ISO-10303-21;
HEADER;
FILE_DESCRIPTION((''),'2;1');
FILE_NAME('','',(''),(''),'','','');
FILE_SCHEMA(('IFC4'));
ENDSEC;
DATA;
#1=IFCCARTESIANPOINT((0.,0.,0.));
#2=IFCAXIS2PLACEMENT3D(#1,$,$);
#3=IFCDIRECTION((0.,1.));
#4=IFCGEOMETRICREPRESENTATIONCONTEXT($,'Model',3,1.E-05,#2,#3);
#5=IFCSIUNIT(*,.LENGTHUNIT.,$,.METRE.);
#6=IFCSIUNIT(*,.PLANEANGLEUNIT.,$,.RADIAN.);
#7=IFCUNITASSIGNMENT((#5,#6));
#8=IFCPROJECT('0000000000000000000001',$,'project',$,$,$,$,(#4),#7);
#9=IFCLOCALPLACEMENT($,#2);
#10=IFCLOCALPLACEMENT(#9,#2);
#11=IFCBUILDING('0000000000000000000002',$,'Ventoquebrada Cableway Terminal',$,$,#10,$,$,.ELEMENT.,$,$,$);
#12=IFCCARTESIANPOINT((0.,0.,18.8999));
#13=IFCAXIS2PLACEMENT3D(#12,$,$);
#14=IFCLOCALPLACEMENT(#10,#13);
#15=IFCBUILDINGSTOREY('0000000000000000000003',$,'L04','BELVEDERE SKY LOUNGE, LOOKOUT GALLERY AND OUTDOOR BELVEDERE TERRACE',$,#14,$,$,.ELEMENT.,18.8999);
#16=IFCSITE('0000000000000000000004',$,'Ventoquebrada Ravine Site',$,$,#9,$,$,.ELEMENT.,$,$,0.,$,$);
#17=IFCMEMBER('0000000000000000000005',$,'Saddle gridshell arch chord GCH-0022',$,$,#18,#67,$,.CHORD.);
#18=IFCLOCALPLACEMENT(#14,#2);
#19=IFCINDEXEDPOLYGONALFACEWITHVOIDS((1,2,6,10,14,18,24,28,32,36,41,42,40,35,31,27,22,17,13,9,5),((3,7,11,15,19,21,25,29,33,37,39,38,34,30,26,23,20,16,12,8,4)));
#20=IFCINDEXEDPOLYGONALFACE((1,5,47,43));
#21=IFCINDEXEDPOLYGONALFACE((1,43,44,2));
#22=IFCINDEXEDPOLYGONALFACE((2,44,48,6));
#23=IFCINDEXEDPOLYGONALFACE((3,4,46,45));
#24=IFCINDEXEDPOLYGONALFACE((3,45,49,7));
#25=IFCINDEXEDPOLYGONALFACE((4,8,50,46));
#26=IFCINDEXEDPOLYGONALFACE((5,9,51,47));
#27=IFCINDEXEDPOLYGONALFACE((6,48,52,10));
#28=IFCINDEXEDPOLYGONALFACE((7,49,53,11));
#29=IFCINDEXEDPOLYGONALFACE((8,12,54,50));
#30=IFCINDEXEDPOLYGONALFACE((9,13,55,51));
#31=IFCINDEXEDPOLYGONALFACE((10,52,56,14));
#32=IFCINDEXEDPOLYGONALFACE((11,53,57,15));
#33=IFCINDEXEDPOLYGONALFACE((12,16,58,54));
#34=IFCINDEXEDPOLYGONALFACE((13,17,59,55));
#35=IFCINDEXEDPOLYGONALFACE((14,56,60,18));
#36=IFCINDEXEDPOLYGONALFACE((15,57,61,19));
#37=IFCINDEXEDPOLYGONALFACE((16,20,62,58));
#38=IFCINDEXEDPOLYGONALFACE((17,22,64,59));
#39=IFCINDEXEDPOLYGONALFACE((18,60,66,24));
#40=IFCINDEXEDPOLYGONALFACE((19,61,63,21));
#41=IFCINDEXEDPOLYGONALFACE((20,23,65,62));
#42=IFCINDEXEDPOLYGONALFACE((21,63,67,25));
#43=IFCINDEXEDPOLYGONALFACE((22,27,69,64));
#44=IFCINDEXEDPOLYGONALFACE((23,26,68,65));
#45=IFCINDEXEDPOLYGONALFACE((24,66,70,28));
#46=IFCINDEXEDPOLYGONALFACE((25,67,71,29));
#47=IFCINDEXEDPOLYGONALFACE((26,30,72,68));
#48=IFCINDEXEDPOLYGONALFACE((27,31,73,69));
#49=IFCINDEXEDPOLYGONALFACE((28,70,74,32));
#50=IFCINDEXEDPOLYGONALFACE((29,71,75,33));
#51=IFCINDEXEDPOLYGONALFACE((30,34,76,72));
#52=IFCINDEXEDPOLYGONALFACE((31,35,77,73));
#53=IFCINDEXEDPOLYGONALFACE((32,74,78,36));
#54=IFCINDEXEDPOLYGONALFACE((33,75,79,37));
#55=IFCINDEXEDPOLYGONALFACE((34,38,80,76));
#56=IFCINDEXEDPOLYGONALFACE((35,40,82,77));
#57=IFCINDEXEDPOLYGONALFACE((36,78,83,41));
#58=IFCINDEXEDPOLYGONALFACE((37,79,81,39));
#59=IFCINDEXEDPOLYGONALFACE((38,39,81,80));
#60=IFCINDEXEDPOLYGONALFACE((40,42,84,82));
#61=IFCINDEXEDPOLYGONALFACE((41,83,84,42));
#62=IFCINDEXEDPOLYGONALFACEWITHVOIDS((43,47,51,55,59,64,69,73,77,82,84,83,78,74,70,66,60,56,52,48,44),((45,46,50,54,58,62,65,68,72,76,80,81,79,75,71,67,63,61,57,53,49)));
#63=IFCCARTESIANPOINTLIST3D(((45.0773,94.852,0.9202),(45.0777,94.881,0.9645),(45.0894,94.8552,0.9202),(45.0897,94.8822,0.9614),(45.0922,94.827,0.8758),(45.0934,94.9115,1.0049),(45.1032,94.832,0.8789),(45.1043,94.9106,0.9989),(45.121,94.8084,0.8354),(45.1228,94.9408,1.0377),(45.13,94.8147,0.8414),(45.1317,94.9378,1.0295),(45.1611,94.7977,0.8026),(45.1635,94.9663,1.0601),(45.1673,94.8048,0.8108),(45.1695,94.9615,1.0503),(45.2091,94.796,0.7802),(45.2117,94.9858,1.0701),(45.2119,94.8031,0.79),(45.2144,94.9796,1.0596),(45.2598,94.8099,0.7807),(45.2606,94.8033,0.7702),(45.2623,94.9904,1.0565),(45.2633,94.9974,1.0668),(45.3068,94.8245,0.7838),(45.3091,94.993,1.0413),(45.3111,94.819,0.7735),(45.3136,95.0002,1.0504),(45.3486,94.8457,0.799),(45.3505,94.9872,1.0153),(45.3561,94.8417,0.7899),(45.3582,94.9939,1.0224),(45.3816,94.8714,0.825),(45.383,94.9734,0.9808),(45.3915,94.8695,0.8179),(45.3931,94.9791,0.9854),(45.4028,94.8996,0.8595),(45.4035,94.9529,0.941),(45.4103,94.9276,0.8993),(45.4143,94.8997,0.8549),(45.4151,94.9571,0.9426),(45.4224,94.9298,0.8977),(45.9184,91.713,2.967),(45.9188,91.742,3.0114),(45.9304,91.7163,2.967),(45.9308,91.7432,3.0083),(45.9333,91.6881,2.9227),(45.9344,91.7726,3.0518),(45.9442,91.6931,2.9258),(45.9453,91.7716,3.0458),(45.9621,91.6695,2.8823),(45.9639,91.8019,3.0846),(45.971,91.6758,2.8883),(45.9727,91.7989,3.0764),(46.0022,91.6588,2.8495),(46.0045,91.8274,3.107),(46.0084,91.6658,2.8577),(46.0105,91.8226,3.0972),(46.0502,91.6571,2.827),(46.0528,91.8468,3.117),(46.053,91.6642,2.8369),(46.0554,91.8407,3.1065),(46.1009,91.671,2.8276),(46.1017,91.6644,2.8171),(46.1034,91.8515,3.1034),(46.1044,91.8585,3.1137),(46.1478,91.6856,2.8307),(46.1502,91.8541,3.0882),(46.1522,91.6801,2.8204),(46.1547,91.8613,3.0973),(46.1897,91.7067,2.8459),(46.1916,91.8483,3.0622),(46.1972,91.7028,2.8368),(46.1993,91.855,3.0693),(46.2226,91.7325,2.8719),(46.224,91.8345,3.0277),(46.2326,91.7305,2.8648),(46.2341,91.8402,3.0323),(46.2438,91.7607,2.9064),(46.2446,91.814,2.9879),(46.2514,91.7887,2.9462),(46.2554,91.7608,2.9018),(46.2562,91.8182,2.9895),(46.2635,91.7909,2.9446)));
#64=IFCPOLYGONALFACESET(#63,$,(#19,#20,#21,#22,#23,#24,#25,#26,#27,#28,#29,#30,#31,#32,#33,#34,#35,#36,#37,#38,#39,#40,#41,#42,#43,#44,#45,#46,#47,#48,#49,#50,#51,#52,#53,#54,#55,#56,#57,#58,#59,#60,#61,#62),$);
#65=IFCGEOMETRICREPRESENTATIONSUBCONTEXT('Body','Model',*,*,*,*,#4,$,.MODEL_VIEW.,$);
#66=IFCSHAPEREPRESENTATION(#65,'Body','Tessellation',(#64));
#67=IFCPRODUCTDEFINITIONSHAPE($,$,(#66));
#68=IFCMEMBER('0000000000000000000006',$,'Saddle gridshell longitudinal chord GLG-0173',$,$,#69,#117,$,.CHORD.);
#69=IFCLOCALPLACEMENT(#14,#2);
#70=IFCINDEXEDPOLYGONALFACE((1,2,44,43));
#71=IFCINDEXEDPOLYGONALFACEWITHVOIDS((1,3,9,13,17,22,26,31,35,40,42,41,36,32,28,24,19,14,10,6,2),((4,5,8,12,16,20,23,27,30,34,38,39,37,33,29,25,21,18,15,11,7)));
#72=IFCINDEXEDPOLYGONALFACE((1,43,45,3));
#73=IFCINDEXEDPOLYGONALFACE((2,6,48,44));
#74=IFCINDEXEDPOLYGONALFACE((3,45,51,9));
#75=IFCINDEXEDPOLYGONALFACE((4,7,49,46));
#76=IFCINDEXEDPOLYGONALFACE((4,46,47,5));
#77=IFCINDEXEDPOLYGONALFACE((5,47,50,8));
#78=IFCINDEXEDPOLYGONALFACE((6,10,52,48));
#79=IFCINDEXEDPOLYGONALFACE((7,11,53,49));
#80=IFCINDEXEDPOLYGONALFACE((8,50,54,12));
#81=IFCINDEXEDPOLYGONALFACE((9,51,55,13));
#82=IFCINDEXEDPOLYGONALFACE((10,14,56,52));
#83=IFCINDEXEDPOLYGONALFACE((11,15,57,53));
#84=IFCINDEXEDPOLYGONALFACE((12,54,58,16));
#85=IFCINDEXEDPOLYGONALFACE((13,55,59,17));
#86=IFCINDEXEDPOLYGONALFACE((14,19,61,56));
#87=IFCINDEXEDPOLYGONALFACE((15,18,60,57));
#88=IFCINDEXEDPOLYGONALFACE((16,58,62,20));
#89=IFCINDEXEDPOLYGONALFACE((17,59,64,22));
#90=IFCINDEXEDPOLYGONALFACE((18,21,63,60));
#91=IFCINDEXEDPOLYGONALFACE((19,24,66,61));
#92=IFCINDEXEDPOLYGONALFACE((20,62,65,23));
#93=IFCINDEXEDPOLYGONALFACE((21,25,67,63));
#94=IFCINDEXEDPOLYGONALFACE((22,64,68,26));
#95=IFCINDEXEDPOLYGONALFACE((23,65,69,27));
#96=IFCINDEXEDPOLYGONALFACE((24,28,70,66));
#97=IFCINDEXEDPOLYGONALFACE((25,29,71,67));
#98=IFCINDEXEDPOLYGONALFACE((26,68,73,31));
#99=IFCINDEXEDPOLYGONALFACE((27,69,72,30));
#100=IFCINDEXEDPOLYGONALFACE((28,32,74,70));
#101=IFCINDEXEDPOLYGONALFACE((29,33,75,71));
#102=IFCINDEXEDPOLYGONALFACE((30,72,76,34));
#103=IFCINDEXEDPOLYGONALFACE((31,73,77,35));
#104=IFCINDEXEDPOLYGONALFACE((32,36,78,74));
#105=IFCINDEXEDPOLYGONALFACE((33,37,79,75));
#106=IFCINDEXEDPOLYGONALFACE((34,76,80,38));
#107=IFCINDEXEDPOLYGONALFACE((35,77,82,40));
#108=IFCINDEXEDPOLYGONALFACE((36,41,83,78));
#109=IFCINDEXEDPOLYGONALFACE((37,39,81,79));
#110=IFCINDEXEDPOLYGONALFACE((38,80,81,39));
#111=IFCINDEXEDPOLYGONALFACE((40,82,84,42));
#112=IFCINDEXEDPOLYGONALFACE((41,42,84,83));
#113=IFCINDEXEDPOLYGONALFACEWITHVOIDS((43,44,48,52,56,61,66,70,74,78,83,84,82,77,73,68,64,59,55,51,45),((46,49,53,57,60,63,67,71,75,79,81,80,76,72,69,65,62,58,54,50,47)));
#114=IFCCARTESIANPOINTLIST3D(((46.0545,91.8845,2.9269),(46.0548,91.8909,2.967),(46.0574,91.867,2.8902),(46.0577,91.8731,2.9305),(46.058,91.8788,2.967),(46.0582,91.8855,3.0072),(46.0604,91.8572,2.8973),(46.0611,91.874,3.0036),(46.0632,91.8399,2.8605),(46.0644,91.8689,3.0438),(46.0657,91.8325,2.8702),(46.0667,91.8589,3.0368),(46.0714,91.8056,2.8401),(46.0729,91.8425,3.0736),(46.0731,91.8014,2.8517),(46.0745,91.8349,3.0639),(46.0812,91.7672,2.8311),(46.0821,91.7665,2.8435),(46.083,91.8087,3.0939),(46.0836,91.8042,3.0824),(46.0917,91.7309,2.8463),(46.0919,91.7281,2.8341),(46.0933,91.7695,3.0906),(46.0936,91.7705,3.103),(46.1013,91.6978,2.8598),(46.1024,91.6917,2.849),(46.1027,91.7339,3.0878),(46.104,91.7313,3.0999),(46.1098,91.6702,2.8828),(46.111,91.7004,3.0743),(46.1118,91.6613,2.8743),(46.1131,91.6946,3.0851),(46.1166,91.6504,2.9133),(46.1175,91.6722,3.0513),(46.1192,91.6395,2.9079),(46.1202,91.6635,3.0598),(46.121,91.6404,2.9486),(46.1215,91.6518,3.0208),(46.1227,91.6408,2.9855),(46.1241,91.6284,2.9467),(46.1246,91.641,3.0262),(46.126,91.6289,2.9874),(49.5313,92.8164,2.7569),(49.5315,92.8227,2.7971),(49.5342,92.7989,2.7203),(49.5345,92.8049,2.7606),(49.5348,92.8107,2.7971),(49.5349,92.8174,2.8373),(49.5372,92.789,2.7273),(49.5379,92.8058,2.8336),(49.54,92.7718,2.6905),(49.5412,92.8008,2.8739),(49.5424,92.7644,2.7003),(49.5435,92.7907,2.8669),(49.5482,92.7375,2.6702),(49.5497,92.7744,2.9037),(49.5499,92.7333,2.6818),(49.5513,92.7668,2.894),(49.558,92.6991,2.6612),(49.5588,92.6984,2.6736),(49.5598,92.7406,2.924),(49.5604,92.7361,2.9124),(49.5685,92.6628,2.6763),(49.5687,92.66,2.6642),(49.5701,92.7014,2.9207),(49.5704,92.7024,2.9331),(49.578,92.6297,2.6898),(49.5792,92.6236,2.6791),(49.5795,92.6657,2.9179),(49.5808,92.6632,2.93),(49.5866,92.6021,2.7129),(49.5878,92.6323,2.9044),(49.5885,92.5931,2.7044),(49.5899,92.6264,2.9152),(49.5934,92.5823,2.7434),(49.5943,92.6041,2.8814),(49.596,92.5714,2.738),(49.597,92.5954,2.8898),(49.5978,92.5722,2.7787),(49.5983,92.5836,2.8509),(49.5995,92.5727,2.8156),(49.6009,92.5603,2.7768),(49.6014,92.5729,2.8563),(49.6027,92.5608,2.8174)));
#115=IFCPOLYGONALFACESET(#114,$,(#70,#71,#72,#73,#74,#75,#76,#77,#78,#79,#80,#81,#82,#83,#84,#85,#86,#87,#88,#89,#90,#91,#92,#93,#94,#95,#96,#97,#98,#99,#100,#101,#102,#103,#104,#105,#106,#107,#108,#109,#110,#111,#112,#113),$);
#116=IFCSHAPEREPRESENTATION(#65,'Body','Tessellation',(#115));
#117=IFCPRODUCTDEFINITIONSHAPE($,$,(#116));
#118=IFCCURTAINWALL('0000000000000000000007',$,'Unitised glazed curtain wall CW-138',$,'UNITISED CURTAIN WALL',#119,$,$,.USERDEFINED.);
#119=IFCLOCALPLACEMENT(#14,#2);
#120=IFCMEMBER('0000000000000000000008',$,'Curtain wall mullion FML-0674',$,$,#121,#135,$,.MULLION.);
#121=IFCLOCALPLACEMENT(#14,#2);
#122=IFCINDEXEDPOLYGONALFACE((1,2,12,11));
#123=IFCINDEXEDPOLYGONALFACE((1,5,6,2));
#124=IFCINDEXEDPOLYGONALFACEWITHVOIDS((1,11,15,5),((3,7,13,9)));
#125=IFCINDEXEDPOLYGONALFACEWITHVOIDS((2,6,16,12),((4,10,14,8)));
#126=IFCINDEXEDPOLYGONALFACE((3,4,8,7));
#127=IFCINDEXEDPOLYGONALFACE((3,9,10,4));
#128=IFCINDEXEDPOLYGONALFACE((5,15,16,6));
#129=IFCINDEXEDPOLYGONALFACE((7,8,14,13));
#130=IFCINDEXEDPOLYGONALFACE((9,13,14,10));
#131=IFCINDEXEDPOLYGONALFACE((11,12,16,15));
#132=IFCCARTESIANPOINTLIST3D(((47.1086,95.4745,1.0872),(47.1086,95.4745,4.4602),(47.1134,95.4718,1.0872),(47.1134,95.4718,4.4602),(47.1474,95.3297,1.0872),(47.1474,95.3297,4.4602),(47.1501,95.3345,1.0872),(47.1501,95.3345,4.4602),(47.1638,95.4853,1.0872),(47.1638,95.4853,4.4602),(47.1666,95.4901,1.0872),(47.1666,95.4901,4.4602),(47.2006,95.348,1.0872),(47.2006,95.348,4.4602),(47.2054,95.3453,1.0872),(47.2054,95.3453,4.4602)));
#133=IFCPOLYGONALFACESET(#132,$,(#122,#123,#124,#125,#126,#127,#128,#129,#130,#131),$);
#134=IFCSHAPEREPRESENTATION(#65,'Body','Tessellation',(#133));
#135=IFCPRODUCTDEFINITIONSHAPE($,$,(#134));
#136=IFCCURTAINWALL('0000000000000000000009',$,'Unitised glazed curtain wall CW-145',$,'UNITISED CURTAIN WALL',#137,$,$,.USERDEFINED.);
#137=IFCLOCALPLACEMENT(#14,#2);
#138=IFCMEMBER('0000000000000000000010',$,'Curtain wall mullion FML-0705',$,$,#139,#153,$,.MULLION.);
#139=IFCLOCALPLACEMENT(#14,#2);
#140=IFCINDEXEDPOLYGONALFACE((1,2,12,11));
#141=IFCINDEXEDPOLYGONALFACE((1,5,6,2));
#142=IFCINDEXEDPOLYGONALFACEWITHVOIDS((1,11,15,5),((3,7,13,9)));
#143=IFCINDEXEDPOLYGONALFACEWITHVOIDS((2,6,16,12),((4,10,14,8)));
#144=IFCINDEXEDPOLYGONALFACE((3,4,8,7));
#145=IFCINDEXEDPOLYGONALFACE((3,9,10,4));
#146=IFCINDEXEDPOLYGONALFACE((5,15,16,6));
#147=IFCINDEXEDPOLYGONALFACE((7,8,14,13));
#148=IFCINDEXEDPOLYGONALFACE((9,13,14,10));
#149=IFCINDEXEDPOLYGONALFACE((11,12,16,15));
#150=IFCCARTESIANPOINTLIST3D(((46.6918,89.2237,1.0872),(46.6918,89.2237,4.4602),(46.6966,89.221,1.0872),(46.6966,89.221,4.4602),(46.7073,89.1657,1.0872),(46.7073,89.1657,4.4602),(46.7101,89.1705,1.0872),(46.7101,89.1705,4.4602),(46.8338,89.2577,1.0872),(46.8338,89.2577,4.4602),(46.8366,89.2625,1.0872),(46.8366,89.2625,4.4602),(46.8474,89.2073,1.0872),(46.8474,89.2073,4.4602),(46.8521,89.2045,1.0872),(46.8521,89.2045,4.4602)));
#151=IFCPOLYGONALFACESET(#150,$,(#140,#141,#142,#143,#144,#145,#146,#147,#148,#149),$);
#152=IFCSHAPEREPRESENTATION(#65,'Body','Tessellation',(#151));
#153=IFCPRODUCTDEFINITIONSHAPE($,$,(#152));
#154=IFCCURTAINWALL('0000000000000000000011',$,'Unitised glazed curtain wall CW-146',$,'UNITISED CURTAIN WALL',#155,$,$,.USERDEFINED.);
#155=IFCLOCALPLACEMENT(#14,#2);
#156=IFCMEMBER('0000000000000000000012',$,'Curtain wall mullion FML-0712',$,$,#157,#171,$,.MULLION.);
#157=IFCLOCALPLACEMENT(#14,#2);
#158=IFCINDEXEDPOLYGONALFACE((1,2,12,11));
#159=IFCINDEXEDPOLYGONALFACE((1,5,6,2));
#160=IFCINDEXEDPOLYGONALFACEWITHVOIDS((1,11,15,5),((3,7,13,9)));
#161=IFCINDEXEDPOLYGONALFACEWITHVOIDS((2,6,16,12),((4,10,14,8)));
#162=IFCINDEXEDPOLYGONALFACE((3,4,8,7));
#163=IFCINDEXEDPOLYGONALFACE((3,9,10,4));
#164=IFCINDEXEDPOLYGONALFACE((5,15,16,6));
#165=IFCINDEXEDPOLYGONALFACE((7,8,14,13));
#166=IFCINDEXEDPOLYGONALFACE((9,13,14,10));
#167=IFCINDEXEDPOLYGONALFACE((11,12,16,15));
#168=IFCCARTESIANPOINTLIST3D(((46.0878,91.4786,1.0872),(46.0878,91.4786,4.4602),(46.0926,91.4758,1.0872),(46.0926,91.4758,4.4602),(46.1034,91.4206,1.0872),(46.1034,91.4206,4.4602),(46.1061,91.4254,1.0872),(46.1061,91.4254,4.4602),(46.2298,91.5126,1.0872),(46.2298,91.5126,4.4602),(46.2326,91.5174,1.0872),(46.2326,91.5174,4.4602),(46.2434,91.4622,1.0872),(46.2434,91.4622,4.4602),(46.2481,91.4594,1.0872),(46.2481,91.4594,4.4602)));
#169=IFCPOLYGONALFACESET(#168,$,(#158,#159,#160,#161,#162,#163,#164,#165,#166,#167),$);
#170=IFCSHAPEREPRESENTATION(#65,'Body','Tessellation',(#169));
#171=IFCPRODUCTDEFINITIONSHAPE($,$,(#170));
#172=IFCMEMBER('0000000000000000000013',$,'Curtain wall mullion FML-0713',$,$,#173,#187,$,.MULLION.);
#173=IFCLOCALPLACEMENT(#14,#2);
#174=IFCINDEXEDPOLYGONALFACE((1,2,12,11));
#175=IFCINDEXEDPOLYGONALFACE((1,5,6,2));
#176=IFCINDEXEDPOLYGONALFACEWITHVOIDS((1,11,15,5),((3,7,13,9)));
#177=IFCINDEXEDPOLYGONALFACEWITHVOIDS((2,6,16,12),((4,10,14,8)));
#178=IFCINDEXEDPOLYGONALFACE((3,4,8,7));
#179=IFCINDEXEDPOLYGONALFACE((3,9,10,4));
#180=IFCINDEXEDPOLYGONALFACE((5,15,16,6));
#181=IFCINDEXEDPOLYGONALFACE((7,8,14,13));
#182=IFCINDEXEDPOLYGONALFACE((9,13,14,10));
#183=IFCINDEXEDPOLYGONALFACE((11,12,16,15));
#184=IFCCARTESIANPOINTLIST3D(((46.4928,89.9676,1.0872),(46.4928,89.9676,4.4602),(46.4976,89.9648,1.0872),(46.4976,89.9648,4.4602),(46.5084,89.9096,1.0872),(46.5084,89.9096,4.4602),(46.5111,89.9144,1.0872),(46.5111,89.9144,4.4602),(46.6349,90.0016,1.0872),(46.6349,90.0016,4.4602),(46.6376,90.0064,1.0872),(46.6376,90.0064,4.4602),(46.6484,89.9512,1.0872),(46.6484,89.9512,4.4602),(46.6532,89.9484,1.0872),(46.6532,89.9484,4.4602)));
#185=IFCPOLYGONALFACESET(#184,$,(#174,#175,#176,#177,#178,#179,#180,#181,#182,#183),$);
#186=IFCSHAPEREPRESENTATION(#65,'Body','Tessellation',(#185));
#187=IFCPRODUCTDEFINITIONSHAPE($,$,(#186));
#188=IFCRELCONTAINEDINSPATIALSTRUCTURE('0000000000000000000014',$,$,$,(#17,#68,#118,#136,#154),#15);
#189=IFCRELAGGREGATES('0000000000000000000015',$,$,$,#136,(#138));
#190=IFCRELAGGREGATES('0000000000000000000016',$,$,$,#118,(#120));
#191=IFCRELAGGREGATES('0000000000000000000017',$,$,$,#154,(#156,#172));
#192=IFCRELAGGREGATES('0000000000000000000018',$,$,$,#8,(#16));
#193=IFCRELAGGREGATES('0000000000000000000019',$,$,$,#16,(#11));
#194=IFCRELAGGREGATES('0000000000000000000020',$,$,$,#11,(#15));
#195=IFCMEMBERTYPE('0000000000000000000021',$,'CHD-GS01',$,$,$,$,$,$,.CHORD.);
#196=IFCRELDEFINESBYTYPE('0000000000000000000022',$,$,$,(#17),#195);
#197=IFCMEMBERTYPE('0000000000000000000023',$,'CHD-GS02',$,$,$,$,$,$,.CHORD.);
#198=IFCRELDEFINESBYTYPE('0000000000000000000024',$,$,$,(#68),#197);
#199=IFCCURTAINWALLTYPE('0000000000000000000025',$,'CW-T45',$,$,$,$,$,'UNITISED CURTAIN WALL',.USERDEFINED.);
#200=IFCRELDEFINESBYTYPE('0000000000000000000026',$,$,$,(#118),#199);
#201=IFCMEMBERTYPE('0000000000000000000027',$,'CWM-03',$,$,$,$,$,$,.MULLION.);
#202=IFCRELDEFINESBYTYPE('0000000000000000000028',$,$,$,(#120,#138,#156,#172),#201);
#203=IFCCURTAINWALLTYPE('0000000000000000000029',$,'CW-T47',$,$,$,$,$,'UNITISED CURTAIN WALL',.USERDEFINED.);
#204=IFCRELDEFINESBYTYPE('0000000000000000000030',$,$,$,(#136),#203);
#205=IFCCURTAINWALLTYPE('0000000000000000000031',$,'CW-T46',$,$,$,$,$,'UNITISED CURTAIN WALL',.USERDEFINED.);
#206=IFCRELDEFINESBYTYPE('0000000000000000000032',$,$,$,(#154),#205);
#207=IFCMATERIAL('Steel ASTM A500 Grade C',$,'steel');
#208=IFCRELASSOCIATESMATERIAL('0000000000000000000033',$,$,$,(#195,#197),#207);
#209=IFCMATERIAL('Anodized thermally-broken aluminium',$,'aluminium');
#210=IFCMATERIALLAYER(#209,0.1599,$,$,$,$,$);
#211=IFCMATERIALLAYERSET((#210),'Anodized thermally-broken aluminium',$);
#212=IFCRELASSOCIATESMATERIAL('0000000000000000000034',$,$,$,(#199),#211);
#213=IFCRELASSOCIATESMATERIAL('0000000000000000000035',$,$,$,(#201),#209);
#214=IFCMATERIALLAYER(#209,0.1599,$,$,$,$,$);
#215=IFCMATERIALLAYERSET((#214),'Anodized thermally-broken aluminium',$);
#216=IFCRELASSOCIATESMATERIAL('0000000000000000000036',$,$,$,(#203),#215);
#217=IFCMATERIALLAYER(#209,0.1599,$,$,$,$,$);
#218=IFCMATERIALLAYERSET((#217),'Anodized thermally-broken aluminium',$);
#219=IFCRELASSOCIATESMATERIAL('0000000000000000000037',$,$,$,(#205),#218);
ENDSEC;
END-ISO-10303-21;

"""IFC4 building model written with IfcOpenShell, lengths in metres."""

from ifc_helpers import new_model, si_unit, direction, frame, origin, origin_2d, place, context, subcontext, project, spatial, hollow_rectangle, hollow_circle, extrude, material, layer, layer_set, material_profile, profile_set, type_object, element, aggregate, save


model = new_model("IFC4")

# Units and contexts
model_context = context("Model", 3, precision=1e-05, world=origin(), true_north=direction((0.0, 1.0)))
body_context = subcontext(model_context, "Body", "Model", "MODEL_VIEW")
ifc_project = project(units=[si_unit("LENGTHUNIT", "METRE"), si_unit("PLANEANGLEUNIT", "RADIAN")], contexts=[model_context])

# Site, building, storey
site_placement = place(None, origin())
site = spatial("IfcSite", under=ifc_project, at=site_placement, Name="Ventoquebrada Ravine Site", CompositionType="ELEMENT", RefElevation=0.0)
building_placement = place(site_placement, origin())
building = spatial("IfcBuilding", under=site, at=building_placement, Name="Ventoquebrada Cableway Terminal", CompositionType="ELEMENT")
storey_placement = place(building_placement, frame((0.0, 0.0, 18.8999)))
storey = spatial("IfcBuildingStorey", under=building, at=storey_placement, Name="L04", Description="BELVEDERE SKY LOUNGE, LOOKOUT GALLERY AND OUTDOOR BELVEDERE TERRACE", CompositionType="ELEMENT", Elevation=18.8999)

# Members
ifc_material_1 = material(Name="Steel ASTM A500 Grade C", Category="steel")
ifc_material_profile_1 = material_profile(ifc_material_1, hollow_circle(Radius=0.1777, WallThickness=0.0125, at=origin_2d()), Name="CHS355.6X12.5")
ifc_profile_set_1 = profile_set([ifc_material_profile_1], Name="Steel ASTM A500 Grade C")
member_type_1 = type_object("IfcMemberType", Name="CHD-GS01", PredefinedType="CHORD", material=ifc_profile_set_1)
member_1_placement = place(storey_placement, frame((46.0901, 91.759, 2.967), z_axis=(-0.218995, 0.817307, -0.532963), x_axis=(-0.965926, -0.258817, 0.0)))
element("IfcMember", 1, at=member_1_placement, inside=storey, type_object=member_type_1, Name="Saddle gridshell arch chord GCH-0022", PredefinedType="CHORD", context=body_context, shape_type="SweptSolid", body=[
    extrude(hollow_circle(Radius=0.1777, WallThickness=0.0125, at=origin_2d()), origin(), (0.0, 0.0, 1.0), 3.8406),
])
ifc_material_profile_2 = material_profile(ifc_material_1, hollow_circle(Radius=0.1365, WallThickness=0.0125, at=origin_2d()), Name="CHS273.0X12.5")
ifc_profile_set_2 = profile_set([ifc_material_profile_2], Name="Steel ASTM A500 Grade C")
member_type_2 = type_object("IfcMemberType", Name="CHD-GS02", PredefinedType="CHORD", material=ifc_profile_set_2)
member_2_placement = place(storey_placement, frame((46.0901, 91.759, 2.967), z_axis=(0.964832, 0.258603, -0.047154), x_axis=(-0.258891, 0.965907, 0.0)))
element("IfcMember", 2, at=member_2_placement, inside=storey, type_object=member_type_2, Name="Saddle gridshell longitudinal chord GLG-0173", PredefinedType="CHORD", context=body_context, shape_type="SweptSolid", body=[
    extrude(hollow_circle(Radius=0.1365, WallThickness=0.0125, at=origin_2d()), origin(), (0.0, 0.0, 1.0), 3.6035),
])

# Curtain walls, members
ifc_material_2 = material(Name="Anodized thermally-broken aluminium", Category="aluminium")
ifc_layer_1 = layer(ifc_material_2, 0.1599)
ifc_layer_set_1 = layer_set([ifc_layer_1], Name="Anodized thermally-broken aluminium")
curtain_wall_type_1 = type_object("IfcCurtainWallType", Name="CW-T45", ElementType="UNITISED CURTAIN WALL", PredefinedType="USERDEFINED", material=ifc_layer_set_1)
curtain_wall_1_placement = place(storey_placement, origin())
curtain_wall_1 = element("IfcCurtainWall", 3, at=curtain_wall_1_placement, inside=storey, type_object=curtain_wall_type_1, Name="Unitised glazed curtain wall CW-138", ObjectType="UNITISED CURTAIN WALL", PredefinedType="USERDEFINED")
ifc_material_profile_3 = material_profile(ifc_material_2, hollow_rectangle(XDim=0.0601, YDim=0.1499, WallThickness=0.0039, at=origin_2d()), Name="CW-MUL-60X150")
ifc_profile_set_3 = profile_set([ifc_material_profile_3], Name="Anodized thermally-broken aluminium")
member_type_3 = type_object("IfcMemberType", Name="CWM-03", PredefinedType="MULLION", material=ifc_profile_set_3)
member_3_placement = place(storey_placement, frame((47.157, 95.4099, 1.0872), z_axis=(0.0, 0.0, 1.0), x_axis=(-0.965935, -0.258785, 0.0)))
member_3 = element("IfcMember", 4, at=member_3_placement, type_object=member_type_3, Name="Curtain wall mullion FML-0674", PredefinedType="MULLION", context=body_context, shape_type="SweptSolid", body=[
    extrude(hollow_rectangle(XDim=0.0601, YDim=0.1499, WallThickness=0.0039, at=origin_2d()), origin(), (0.0, 0.0, 1.0), 3.373),
])
ifc_layer_2 = layer(ifc_material_2, 0.1599)
ifc_layer_set_2 = layer_set([ifc_layer_2], Name="Anodized thermally-broken aluminium")
curtain_wall_type_2 = type_object("IfcCurtainWallType", Name="CW-T47", ElementType="UNITISED CURTAIN WALL", PredefinedType="USERDEFINED", material=ifc_layer_set_2)
curtain_wall_2_placement = place(storey_placement, origin())
curtain_wall_2 = element("IfcCurtainWall", 5, at=curtain_wall_2_placement, inside=storey, type_object=curtain_wall_type_2, Name="Unitised glazed curtain wall CW-145", ObjectType="UNITISED CURTAIN WALL", PredefinedType="USERDEFINED")
member_4_placement = place(storey_placement, frame((46.772, 89.2141, 1.0872), z_axis=(0.0, 0.0, 1.0), x_axis=(0.258802, -0.96593, 0.0)))
member_4 = element("IfcMember", 6, at=member_4_placement, type_object=member_type_3, Name="Curtain wall mullion FML-0705", PredefinedType="MULLION", context=body_context, shape_type="SweptSolid", body=[
    extrude(hollow_rectangle(XDim=0.0601, YDim=0.1499, WallThickness=0.0039, at=origin_2d()), origin(), (0.0, 0.0, 1.0), 3.373),
])

# Curtain wall, members
ifc_layer_3 = layer(ifc_material_2, 0.1599)
ifc_layer_set_3 = layer_set([ifc_layer_3], Name="Anodized thermally-broken aluminium")
curtain_wall_type_3 = type_object("IfcCurtainWallType", Name="CW-T46", ElementType="UNITISED CURTAIN WALL", PredefinedType="USERDEFINED", material=ifc_layer_set_3)
curtain_wall_3_placement = place(storey_placement, origin())
curtain_wall_3 = element("IfcCurtainWall", 7, at=curtain_wall_3_placement, inside=storey, type_object=curtain_wall_type_3, Name="Unitised glazed curtain wall CW-146", ObjectType="UNITISED CURTAIN WALL", PredefinedType="USERDEFINED")
member_5_placement = place(storey_placement, frame((46.168, 91.469, 1.0872), z_axis=(0.0, 0.0, 1.0), x_axis=(0.258971, -0.965885, 0.0)))
member_5 = element("IfcMember", 8, at=member_5_placement, type_object=member_type_3, Name="Curtain wall mullion FML-0712", PredefinedType="MULLION", context=body_context, shape_type="SweptSolid", body=[
    extrude(hollow_rectangle(XDim=0.0601, YDim=0.1499, WallThickness=0.0039, at=origin_2d()), origin(), (0.0, 0.0, 1.0), 3.373),
])
member_6_placement = place(storey_placement, frame((46.573, 89.958, 1.0872), z_axis=(0.0, 0.0, 1.0), x_axis=(0.258971, -0.965885, 0.0)))
member_6 = element("IfcMember", 9, at=member_6_placement, type_object=member_type_3, Name="Curtain wall mullion FML-0713", PredefinedType="MULLION", context=body_context, shape_type="SweptSolid", body=[
    extrude(hollow_rectangle(XDim=0.0601, YDim=0.1499, WallThickness=0.0039, at=origin_2d()), origin(), (0.0, 0.0, 1.0), 3.373),
])

aggregate(curtain_wall_2, [member_4])

aggregate(curtain_wall_1, [member_3])
aggregate(curtain_wall_3, [member_5, member_6])

save(model, "model.ifc")
